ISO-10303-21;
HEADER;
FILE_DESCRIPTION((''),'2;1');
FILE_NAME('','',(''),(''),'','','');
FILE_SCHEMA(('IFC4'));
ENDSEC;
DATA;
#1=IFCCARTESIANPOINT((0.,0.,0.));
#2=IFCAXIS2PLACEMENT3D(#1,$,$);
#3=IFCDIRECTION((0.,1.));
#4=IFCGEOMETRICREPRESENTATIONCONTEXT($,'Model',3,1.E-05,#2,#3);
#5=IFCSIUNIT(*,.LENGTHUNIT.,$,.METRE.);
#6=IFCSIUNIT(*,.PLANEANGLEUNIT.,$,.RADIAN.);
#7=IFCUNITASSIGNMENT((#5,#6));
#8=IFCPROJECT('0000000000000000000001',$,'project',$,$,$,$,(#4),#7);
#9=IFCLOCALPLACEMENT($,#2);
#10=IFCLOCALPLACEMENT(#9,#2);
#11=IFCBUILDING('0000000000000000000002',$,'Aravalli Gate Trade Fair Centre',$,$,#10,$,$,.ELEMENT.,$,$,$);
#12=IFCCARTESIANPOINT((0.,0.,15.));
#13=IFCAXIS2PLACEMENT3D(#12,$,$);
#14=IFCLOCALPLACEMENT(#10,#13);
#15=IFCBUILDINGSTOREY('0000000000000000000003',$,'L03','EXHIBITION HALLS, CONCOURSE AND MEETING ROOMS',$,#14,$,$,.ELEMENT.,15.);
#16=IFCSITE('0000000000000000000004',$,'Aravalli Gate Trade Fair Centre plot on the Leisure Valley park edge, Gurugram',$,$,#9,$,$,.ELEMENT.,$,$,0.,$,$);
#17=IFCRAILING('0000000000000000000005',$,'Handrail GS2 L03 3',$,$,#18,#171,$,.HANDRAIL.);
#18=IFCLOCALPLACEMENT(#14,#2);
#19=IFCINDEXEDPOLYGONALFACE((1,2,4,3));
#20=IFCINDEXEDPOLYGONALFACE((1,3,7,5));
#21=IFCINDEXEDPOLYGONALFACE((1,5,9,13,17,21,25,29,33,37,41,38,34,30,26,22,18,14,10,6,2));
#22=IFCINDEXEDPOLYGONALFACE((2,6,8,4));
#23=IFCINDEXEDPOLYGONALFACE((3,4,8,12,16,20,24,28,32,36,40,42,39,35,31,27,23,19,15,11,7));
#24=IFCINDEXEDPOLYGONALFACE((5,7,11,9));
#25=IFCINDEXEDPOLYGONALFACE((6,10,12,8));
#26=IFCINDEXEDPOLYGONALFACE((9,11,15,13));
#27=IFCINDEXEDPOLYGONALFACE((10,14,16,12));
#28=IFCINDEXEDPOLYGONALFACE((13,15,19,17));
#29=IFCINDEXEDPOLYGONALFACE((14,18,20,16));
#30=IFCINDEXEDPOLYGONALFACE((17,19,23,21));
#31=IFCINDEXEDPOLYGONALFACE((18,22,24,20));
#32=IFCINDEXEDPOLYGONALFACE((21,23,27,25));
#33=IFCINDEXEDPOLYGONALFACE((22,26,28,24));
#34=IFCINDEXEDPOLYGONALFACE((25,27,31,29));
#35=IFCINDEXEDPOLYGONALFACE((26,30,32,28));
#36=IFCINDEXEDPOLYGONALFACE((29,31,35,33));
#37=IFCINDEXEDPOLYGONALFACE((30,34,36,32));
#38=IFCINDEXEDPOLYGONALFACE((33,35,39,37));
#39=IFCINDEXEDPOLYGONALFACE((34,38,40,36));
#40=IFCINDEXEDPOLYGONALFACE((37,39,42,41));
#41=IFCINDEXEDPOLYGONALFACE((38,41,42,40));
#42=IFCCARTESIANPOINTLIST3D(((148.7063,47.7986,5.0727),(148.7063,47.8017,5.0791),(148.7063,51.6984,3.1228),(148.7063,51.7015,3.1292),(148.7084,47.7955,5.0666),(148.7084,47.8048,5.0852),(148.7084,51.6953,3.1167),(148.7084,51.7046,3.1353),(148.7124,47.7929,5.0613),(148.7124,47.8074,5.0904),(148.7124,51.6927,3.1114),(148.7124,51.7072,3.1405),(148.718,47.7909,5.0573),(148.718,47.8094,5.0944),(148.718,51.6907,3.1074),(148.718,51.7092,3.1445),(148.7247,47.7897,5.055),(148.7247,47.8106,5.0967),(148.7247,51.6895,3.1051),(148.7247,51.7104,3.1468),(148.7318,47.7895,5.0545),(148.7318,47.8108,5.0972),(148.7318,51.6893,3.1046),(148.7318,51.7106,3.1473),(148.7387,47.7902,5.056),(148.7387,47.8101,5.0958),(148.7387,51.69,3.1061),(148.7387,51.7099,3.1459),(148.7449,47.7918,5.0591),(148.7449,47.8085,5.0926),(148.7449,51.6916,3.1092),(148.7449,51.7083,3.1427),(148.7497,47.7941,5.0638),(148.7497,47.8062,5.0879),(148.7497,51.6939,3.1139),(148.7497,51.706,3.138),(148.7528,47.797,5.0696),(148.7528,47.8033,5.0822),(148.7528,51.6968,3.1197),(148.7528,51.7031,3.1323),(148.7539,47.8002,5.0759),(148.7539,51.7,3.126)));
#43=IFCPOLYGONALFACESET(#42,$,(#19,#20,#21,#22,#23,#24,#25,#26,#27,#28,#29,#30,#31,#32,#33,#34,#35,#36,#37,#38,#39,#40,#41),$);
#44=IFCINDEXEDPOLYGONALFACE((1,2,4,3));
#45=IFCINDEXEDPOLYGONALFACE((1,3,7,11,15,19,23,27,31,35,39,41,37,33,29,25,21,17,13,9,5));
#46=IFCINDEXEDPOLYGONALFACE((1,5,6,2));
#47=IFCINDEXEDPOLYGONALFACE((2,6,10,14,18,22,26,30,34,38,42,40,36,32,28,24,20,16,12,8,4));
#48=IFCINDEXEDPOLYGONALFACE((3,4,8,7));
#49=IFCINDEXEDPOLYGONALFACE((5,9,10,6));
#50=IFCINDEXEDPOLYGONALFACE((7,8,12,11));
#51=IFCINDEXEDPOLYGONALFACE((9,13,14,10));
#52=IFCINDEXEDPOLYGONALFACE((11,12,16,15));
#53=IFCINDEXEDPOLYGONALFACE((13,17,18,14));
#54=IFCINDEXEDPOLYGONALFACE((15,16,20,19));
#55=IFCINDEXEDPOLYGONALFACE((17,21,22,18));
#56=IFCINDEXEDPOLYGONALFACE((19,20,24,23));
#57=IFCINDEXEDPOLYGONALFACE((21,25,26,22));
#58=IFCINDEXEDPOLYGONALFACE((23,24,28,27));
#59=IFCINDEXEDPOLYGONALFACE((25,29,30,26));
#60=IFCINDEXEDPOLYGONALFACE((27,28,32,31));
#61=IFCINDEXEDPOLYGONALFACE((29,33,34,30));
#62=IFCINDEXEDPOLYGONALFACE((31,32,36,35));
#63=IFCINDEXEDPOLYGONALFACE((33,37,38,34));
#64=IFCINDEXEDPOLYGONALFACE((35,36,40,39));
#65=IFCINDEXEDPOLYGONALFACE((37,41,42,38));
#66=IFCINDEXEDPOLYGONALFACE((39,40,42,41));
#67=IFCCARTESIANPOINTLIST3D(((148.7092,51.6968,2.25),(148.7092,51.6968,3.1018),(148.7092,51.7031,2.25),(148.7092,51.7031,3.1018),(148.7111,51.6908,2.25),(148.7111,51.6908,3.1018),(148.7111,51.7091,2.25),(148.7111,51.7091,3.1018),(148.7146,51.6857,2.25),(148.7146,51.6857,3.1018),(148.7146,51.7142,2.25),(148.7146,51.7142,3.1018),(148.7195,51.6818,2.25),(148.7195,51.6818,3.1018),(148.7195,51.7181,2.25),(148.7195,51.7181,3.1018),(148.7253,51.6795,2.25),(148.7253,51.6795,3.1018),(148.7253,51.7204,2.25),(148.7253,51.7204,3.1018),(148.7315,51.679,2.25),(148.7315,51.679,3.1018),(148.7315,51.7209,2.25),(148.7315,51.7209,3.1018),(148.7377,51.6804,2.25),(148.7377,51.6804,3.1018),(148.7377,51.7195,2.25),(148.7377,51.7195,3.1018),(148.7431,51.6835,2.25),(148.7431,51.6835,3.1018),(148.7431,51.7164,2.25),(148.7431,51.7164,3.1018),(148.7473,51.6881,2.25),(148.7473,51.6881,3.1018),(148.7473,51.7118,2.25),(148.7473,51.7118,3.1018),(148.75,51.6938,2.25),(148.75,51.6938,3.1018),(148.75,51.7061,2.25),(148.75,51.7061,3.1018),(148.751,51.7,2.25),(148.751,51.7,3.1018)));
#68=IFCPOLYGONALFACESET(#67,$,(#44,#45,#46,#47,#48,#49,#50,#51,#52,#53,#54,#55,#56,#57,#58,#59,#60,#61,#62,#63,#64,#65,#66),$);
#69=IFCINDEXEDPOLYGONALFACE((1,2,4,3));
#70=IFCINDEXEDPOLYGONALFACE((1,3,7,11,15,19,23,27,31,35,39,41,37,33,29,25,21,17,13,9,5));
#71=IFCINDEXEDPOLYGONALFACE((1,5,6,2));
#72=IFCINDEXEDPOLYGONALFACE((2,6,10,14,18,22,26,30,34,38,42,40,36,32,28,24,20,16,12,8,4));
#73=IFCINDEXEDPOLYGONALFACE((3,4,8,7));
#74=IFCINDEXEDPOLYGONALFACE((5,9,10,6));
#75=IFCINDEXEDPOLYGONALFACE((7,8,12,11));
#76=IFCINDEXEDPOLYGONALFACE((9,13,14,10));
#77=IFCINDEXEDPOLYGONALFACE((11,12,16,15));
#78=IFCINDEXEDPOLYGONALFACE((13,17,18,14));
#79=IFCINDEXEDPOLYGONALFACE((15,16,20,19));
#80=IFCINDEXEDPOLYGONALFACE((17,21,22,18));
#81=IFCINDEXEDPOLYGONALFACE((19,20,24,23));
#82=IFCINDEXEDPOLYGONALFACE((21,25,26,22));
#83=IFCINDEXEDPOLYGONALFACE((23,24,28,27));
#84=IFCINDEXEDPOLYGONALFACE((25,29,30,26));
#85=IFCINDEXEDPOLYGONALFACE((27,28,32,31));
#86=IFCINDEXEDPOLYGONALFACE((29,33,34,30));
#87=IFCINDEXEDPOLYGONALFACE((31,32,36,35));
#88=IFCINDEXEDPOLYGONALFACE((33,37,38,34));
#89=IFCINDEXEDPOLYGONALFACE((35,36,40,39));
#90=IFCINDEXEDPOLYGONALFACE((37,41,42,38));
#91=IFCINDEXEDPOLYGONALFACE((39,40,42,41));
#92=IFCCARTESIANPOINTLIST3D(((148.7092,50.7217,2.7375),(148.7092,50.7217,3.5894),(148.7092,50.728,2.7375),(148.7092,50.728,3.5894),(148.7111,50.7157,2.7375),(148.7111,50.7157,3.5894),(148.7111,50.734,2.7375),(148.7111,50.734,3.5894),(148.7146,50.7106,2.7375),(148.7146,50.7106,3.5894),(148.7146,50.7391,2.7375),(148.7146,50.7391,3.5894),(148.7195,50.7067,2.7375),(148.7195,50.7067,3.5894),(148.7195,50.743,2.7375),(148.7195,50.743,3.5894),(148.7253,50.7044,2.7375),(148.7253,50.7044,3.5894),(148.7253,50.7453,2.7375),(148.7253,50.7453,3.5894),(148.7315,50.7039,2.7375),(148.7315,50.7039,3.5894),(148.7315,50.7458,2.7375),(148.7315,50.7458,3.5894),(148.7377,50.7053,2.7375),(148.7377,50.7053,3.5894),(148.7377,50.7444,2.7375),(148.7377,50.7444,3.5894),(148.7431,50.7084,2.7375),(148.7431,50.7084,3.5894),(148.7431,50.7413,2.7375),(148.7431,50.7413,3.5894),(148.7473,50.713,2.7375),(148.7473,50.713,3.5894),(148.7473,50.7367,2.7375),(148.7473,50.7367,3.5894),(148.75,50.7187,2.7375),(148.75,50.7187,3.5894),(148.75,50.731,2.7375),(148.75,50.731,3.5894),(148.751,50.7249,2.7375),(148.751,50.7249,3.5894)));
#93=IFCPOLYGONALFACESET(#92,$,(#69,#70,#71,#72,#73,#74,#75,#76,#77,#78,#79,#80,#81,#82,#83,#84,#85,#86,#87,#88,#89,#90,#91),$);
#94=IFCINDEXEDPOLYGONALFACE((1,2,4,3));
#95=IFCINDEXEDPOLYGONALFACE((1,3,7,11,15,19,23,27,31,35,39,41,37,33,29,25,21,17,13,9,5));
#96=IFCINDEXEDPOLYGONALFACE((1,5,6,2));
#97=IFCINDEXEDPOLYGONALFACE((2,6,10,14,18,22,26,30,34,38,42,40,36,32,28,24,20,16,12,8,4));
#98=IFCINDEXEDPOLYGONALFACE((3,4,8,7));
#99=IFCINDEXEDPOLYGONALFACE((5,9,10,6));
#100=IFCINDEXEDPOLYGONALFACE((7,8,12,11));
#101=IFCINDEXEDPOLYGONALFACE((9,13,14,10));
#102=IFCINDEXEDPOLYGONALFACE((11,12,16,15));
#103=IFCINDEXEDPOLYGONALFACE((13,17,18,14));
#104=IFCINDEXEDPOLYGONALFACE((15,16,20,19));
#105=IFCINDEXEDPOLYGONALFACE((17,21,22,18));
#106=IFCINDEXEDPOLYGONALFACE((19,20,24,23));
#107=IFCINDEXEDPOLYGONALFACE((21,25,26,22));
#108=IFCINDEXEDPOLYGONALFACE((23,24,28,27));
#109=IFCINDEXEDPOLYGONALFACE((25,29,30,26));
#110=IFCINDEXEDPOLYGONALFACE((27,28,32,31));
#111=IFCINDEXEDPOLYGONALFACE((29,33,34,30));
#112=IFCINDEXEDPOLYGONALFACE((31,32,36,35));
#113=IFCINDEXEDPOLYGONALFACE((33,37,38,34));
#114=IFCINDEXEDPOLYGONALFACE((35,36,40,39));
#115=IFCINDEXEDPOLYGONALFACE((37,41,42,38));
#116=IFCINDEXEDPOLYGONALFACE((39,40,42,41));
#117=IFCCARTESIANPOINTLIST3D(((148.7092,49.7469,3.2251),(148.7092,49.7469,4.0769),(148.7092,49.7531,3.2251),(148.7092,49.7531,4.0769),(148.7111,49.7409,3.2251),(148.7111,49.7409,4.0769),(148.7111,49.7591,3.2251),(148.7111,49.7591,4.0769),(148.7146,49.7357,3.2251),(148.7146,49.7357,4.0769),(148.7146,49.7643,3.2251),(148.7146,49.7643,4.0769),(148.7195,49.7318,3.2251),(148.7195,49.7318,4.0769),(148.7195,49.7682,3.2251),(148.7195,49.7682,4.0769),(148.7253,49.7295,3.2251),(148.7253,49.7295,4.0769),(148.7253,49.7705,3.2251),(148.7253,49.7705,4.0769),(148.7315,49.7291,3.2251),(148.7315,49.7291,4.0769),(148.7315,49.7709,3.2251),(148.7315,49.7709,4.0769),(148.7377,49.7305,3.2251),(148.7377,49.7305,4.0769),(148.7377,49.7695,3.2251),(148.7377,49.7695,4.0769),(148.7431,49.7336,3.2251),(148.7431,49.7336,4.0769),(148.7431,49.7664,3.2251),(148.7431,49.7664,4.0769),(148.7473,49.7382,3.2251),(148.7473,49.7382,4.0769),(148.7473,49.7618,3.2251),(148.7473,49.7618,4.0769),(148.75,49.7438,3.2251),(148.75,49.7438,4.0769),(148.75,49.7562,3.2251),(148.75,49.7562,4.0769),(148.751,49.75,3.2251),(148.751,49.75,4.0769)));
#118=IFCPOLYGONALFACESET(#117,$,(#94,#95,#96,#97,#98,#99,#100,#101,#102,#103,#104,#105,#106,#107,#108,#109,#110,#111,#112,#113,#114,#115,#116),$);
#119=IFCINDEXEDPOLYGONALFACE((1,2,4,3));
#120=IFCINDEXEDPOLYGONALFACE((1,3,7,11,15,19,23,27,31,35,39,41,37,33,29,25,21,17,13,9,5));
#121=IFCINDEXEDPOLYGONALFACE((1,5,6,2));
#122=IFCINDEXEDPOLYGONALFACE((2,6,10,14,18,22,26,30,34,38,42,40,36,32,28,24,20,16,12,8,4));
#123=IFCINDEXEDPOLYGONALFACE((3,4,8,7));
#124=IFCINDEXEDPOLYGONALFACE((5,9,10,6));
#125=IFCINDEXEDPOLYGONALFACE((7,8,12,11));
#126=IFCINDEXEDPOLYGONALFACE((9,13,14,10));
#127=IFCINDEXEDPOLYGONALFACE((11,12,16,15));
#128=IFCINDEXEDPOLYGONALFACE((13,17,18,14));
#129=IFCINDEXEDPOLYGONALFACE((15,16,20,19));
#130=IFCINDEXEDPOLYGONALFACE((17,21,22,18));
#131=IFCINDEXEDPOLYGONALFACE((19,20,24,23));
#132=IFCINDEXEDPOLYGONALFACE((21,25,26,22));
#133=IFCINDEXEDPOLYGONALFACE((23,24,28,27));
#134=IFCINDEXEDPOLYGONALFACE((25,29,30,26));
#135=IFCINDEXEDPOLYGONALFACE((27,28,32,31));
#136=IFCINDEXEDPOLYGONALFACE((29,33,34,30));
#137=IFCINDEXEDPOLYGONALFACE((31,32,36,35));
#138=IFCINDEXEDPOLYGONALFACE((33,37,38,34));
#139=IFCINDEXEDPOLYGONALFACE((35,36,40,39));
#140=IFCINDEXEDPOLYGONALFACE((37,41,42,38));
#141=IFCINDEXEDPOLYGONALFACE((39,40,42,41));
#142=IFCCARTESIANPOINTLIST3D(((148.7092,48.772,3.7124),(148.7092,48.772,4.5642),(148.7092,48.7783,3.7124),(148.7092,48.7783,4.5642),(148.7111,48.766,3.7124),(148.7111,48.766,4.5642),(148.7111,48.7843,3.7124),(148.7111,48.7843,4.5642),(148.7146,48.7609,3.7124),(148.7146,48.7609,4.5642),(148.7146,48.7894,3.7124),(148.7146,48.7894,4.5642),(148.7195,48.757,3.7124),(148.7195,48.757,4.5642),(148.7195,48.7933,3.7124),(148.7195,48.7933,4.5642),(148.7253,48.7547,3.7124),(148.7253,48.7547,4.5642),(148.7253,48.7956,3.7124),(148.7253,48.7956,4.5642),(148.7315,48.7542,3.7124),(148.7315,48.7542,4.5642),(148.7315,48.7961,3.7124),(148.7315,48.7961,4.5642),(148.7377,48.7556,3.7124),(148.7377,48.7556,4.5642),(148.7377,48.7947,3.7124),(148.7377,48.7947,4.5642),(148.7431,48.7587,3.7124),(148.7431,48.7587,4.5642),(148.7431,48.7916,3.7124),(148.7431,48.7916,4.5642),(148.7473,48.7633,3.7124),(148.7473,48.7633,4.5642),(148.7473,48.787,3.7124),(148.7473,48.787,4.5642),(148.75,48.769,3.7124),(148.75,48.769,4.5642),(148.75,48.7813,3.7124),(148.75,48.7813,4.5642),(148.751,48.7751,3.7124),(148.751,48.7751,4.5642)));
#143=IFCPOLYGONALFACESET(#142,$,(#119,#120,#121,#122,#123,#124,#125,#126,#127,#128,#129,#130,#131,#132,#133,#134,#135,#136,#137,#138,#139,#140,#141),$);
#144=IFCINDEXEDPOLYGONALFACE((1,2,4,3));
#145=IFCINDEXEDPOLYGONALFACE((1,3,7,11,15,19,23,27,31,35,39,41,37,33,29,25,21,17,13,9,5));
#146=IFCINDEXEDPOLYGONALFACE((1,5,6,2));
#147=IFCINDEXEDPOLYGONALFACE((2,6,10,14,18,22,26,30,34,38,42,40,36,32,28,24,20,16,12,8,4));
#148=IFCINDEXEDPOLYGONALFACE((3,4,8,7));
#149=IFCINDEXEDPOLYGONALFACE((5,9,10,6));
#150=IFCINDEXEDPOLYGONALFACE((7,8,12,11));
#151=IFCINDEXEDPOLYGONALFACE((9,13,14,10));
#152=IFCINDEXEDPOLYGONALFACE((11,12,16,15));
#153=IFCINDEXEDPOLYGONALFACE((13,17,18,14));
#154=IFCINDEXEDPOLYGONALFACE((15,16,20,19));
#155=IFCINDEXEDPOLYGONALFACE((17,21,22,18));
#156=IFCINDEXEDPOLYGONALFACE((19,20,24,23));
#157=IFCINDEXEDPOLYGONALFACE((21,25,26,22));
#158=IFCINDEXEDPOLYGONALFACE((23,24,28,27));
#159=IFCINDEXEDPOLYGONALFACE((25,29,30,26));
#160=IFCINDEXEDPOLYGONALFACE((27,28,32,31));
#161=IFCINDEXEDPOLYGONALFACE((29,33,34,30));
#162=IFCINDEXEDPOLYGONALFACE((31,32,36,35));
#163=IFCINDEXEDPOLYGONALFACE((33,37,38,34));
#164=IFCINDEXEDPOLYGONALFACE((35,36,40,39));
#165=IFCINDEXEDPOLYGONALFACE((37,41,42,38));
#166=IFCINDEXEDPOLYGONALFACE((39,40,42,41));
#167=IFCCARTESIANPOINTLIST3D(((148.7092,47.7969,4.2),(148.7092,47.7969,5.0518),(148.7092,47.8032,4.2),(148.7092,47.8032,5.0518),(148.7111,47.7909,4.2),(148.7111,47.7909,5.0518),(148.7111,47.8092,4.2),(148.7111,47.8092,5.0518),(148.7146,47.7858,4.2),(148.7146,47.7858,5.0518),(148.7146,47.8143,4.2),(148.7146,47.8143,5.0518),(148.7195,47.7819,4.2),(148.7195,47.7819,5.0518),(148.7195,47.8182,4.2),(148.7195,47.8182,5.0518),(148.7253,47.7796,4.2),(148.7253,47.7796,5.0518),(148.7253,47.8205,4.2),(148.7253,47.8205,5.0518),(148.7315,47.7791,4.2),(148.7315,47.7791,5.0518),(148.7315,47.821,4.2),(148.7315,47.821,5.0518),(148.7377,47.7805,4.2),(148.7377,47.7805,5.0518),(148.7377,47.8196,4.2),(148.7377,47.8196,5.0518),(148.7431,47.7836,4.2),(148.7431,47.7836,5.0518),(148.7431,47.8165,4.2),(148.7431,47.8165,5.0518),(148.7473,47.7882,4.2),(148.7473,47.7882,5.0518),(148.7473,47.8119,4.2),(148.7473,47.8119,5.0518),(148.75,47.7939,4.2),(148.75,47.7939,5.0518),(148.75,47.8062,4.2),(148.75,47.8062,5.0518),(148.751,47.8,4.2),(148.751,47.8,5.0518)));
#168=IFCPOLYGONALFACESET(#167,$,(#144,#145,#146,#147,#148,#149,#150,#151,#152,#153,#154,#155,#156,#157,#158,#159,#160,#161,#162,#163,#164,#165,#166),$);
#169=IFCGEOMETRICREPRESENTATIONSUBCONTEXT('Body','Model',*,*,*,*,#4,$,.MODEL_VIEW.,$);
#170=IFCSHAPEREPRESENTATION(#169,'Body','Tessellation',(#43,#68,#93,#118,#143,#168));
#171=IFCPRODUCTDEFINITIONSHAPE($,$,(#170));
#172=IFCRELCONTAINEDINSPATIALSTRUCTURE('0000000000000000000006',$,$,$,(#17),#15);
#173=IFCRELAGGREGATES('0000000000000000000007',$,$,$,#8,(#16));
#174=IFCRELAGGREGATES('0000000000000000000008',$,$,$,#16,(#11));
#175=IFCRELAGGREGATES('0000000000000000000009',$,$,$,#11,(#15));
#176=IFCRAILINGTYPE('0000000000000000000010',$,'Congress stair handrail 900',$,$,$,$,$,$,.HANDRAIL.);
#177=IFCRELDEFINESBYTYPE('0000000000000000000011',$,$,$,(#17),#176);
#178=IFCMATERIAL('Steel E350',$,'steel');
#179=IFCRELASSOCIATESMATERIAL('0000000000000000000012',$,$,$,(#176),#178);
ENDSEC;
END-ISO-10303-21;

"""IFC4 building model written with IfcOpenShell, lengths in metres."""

from ifc_helpers import new_model, si_unit, direction, frame, origin, origin_2d, place, context, subcontext, project, spatial, circle, extrude, material, type_object, element, save


model = new_model("IFC4")

# Units and contexts
model_context = context("Model", 3, precision=1e-05, world=origin(), true_north=direction((0.0, 1.0)))
body_context = subcontext(model_context, "Body", "Model", "MODEL_VIEW")
ifc_project = project(units=[si_unit("LENGTHUNIT", "METRE"), si_unit("PLANEANGLEUNIT", "RADIAN")], contexts=[model_context])

# Site, building, storey
site_placement = place(None, origin())
site = spatial("IfcSite", under=ifc_project, at=site_placement, Name="Aravalli Gate Trade Fair Centre plot on the Leisure Valley park edge, Gurugram", CompositionType="ELEMENT", RefElevation=0.0)
building_placement = place(site_placement, origin())
building = spatial("IfcBuilding", under=site, at=building_placement, Name="Aravalli Gate Trade Fair Centre", CompositionType="ELEMENT")
storey_placement = place(building_placement, frame((0.0, 0.0, 15.0)))
storey = spatial("IfcBuildingStorey", under=building, at=storey_placement, Name="L03", Description="EXHIBITION HALLS, CONCOURSE AND MEETING ROOMS", CompositionType="ELEMENT", Elevation=15.0)

# Railing
ifc_material_1 = material(Name="Steel E350", Category="steel")
railing_type_1 = type_object("IfcRailingType", Name="Congress stair handrail 900", PredefinedType="HANDRAIL", material=ifc_material_1)
for number, where, name in (
    (1, (148.73, 51.7, 2.25), "Handrail GS2 L03 3"),
):
    element("IfcRailing", number, at=place(storey_placement, frame(where)), inside=storey, type_object=railing_type_1, Name=name, PredefinedType="HANDRAIL", context=body_context, shape_type="SweptSolid", body=[
        extrude(circle(Radius=0.0239, at=origin_2d()), frame((0.0, 0.0, 0.876), z_axis=(0.0, -0.894427, 0.447214), x_axis=(1.0, 0.0, 0.0)), (0.0, 0.0, 1.0), 4.3601),
        extrude(circle(Radius=0.021, at=origin_2d()), origin(), (0.0, 0.0, 1.0), 0.8518),
        extrude(circle(Radius=0.021, at=origin_2d()), frame((0.0, -0.9751, 0.4875)), (0.0, 0.0, 1.0), 0.8518),
        extrude(circle(Radius=0.021, at=origin_2d()), frame((0.0, -1.95, 0.9751)), (0.0, 0.0, 1.0), 0.8518),
        extrude(circle(Radius=0.021, at=origin_2d()), frame((0.0, -2.9248, 1.4624)), (0.0, 0.0, 1.0), 0.8518),
        extrude(circle(Radius=0.021, at=origin_2d()), frame((0.0, -3.8999, 1.95)), (0.0, 0.0, 1.0), 0.8518),
    ])

save(model, "model.ifc")
